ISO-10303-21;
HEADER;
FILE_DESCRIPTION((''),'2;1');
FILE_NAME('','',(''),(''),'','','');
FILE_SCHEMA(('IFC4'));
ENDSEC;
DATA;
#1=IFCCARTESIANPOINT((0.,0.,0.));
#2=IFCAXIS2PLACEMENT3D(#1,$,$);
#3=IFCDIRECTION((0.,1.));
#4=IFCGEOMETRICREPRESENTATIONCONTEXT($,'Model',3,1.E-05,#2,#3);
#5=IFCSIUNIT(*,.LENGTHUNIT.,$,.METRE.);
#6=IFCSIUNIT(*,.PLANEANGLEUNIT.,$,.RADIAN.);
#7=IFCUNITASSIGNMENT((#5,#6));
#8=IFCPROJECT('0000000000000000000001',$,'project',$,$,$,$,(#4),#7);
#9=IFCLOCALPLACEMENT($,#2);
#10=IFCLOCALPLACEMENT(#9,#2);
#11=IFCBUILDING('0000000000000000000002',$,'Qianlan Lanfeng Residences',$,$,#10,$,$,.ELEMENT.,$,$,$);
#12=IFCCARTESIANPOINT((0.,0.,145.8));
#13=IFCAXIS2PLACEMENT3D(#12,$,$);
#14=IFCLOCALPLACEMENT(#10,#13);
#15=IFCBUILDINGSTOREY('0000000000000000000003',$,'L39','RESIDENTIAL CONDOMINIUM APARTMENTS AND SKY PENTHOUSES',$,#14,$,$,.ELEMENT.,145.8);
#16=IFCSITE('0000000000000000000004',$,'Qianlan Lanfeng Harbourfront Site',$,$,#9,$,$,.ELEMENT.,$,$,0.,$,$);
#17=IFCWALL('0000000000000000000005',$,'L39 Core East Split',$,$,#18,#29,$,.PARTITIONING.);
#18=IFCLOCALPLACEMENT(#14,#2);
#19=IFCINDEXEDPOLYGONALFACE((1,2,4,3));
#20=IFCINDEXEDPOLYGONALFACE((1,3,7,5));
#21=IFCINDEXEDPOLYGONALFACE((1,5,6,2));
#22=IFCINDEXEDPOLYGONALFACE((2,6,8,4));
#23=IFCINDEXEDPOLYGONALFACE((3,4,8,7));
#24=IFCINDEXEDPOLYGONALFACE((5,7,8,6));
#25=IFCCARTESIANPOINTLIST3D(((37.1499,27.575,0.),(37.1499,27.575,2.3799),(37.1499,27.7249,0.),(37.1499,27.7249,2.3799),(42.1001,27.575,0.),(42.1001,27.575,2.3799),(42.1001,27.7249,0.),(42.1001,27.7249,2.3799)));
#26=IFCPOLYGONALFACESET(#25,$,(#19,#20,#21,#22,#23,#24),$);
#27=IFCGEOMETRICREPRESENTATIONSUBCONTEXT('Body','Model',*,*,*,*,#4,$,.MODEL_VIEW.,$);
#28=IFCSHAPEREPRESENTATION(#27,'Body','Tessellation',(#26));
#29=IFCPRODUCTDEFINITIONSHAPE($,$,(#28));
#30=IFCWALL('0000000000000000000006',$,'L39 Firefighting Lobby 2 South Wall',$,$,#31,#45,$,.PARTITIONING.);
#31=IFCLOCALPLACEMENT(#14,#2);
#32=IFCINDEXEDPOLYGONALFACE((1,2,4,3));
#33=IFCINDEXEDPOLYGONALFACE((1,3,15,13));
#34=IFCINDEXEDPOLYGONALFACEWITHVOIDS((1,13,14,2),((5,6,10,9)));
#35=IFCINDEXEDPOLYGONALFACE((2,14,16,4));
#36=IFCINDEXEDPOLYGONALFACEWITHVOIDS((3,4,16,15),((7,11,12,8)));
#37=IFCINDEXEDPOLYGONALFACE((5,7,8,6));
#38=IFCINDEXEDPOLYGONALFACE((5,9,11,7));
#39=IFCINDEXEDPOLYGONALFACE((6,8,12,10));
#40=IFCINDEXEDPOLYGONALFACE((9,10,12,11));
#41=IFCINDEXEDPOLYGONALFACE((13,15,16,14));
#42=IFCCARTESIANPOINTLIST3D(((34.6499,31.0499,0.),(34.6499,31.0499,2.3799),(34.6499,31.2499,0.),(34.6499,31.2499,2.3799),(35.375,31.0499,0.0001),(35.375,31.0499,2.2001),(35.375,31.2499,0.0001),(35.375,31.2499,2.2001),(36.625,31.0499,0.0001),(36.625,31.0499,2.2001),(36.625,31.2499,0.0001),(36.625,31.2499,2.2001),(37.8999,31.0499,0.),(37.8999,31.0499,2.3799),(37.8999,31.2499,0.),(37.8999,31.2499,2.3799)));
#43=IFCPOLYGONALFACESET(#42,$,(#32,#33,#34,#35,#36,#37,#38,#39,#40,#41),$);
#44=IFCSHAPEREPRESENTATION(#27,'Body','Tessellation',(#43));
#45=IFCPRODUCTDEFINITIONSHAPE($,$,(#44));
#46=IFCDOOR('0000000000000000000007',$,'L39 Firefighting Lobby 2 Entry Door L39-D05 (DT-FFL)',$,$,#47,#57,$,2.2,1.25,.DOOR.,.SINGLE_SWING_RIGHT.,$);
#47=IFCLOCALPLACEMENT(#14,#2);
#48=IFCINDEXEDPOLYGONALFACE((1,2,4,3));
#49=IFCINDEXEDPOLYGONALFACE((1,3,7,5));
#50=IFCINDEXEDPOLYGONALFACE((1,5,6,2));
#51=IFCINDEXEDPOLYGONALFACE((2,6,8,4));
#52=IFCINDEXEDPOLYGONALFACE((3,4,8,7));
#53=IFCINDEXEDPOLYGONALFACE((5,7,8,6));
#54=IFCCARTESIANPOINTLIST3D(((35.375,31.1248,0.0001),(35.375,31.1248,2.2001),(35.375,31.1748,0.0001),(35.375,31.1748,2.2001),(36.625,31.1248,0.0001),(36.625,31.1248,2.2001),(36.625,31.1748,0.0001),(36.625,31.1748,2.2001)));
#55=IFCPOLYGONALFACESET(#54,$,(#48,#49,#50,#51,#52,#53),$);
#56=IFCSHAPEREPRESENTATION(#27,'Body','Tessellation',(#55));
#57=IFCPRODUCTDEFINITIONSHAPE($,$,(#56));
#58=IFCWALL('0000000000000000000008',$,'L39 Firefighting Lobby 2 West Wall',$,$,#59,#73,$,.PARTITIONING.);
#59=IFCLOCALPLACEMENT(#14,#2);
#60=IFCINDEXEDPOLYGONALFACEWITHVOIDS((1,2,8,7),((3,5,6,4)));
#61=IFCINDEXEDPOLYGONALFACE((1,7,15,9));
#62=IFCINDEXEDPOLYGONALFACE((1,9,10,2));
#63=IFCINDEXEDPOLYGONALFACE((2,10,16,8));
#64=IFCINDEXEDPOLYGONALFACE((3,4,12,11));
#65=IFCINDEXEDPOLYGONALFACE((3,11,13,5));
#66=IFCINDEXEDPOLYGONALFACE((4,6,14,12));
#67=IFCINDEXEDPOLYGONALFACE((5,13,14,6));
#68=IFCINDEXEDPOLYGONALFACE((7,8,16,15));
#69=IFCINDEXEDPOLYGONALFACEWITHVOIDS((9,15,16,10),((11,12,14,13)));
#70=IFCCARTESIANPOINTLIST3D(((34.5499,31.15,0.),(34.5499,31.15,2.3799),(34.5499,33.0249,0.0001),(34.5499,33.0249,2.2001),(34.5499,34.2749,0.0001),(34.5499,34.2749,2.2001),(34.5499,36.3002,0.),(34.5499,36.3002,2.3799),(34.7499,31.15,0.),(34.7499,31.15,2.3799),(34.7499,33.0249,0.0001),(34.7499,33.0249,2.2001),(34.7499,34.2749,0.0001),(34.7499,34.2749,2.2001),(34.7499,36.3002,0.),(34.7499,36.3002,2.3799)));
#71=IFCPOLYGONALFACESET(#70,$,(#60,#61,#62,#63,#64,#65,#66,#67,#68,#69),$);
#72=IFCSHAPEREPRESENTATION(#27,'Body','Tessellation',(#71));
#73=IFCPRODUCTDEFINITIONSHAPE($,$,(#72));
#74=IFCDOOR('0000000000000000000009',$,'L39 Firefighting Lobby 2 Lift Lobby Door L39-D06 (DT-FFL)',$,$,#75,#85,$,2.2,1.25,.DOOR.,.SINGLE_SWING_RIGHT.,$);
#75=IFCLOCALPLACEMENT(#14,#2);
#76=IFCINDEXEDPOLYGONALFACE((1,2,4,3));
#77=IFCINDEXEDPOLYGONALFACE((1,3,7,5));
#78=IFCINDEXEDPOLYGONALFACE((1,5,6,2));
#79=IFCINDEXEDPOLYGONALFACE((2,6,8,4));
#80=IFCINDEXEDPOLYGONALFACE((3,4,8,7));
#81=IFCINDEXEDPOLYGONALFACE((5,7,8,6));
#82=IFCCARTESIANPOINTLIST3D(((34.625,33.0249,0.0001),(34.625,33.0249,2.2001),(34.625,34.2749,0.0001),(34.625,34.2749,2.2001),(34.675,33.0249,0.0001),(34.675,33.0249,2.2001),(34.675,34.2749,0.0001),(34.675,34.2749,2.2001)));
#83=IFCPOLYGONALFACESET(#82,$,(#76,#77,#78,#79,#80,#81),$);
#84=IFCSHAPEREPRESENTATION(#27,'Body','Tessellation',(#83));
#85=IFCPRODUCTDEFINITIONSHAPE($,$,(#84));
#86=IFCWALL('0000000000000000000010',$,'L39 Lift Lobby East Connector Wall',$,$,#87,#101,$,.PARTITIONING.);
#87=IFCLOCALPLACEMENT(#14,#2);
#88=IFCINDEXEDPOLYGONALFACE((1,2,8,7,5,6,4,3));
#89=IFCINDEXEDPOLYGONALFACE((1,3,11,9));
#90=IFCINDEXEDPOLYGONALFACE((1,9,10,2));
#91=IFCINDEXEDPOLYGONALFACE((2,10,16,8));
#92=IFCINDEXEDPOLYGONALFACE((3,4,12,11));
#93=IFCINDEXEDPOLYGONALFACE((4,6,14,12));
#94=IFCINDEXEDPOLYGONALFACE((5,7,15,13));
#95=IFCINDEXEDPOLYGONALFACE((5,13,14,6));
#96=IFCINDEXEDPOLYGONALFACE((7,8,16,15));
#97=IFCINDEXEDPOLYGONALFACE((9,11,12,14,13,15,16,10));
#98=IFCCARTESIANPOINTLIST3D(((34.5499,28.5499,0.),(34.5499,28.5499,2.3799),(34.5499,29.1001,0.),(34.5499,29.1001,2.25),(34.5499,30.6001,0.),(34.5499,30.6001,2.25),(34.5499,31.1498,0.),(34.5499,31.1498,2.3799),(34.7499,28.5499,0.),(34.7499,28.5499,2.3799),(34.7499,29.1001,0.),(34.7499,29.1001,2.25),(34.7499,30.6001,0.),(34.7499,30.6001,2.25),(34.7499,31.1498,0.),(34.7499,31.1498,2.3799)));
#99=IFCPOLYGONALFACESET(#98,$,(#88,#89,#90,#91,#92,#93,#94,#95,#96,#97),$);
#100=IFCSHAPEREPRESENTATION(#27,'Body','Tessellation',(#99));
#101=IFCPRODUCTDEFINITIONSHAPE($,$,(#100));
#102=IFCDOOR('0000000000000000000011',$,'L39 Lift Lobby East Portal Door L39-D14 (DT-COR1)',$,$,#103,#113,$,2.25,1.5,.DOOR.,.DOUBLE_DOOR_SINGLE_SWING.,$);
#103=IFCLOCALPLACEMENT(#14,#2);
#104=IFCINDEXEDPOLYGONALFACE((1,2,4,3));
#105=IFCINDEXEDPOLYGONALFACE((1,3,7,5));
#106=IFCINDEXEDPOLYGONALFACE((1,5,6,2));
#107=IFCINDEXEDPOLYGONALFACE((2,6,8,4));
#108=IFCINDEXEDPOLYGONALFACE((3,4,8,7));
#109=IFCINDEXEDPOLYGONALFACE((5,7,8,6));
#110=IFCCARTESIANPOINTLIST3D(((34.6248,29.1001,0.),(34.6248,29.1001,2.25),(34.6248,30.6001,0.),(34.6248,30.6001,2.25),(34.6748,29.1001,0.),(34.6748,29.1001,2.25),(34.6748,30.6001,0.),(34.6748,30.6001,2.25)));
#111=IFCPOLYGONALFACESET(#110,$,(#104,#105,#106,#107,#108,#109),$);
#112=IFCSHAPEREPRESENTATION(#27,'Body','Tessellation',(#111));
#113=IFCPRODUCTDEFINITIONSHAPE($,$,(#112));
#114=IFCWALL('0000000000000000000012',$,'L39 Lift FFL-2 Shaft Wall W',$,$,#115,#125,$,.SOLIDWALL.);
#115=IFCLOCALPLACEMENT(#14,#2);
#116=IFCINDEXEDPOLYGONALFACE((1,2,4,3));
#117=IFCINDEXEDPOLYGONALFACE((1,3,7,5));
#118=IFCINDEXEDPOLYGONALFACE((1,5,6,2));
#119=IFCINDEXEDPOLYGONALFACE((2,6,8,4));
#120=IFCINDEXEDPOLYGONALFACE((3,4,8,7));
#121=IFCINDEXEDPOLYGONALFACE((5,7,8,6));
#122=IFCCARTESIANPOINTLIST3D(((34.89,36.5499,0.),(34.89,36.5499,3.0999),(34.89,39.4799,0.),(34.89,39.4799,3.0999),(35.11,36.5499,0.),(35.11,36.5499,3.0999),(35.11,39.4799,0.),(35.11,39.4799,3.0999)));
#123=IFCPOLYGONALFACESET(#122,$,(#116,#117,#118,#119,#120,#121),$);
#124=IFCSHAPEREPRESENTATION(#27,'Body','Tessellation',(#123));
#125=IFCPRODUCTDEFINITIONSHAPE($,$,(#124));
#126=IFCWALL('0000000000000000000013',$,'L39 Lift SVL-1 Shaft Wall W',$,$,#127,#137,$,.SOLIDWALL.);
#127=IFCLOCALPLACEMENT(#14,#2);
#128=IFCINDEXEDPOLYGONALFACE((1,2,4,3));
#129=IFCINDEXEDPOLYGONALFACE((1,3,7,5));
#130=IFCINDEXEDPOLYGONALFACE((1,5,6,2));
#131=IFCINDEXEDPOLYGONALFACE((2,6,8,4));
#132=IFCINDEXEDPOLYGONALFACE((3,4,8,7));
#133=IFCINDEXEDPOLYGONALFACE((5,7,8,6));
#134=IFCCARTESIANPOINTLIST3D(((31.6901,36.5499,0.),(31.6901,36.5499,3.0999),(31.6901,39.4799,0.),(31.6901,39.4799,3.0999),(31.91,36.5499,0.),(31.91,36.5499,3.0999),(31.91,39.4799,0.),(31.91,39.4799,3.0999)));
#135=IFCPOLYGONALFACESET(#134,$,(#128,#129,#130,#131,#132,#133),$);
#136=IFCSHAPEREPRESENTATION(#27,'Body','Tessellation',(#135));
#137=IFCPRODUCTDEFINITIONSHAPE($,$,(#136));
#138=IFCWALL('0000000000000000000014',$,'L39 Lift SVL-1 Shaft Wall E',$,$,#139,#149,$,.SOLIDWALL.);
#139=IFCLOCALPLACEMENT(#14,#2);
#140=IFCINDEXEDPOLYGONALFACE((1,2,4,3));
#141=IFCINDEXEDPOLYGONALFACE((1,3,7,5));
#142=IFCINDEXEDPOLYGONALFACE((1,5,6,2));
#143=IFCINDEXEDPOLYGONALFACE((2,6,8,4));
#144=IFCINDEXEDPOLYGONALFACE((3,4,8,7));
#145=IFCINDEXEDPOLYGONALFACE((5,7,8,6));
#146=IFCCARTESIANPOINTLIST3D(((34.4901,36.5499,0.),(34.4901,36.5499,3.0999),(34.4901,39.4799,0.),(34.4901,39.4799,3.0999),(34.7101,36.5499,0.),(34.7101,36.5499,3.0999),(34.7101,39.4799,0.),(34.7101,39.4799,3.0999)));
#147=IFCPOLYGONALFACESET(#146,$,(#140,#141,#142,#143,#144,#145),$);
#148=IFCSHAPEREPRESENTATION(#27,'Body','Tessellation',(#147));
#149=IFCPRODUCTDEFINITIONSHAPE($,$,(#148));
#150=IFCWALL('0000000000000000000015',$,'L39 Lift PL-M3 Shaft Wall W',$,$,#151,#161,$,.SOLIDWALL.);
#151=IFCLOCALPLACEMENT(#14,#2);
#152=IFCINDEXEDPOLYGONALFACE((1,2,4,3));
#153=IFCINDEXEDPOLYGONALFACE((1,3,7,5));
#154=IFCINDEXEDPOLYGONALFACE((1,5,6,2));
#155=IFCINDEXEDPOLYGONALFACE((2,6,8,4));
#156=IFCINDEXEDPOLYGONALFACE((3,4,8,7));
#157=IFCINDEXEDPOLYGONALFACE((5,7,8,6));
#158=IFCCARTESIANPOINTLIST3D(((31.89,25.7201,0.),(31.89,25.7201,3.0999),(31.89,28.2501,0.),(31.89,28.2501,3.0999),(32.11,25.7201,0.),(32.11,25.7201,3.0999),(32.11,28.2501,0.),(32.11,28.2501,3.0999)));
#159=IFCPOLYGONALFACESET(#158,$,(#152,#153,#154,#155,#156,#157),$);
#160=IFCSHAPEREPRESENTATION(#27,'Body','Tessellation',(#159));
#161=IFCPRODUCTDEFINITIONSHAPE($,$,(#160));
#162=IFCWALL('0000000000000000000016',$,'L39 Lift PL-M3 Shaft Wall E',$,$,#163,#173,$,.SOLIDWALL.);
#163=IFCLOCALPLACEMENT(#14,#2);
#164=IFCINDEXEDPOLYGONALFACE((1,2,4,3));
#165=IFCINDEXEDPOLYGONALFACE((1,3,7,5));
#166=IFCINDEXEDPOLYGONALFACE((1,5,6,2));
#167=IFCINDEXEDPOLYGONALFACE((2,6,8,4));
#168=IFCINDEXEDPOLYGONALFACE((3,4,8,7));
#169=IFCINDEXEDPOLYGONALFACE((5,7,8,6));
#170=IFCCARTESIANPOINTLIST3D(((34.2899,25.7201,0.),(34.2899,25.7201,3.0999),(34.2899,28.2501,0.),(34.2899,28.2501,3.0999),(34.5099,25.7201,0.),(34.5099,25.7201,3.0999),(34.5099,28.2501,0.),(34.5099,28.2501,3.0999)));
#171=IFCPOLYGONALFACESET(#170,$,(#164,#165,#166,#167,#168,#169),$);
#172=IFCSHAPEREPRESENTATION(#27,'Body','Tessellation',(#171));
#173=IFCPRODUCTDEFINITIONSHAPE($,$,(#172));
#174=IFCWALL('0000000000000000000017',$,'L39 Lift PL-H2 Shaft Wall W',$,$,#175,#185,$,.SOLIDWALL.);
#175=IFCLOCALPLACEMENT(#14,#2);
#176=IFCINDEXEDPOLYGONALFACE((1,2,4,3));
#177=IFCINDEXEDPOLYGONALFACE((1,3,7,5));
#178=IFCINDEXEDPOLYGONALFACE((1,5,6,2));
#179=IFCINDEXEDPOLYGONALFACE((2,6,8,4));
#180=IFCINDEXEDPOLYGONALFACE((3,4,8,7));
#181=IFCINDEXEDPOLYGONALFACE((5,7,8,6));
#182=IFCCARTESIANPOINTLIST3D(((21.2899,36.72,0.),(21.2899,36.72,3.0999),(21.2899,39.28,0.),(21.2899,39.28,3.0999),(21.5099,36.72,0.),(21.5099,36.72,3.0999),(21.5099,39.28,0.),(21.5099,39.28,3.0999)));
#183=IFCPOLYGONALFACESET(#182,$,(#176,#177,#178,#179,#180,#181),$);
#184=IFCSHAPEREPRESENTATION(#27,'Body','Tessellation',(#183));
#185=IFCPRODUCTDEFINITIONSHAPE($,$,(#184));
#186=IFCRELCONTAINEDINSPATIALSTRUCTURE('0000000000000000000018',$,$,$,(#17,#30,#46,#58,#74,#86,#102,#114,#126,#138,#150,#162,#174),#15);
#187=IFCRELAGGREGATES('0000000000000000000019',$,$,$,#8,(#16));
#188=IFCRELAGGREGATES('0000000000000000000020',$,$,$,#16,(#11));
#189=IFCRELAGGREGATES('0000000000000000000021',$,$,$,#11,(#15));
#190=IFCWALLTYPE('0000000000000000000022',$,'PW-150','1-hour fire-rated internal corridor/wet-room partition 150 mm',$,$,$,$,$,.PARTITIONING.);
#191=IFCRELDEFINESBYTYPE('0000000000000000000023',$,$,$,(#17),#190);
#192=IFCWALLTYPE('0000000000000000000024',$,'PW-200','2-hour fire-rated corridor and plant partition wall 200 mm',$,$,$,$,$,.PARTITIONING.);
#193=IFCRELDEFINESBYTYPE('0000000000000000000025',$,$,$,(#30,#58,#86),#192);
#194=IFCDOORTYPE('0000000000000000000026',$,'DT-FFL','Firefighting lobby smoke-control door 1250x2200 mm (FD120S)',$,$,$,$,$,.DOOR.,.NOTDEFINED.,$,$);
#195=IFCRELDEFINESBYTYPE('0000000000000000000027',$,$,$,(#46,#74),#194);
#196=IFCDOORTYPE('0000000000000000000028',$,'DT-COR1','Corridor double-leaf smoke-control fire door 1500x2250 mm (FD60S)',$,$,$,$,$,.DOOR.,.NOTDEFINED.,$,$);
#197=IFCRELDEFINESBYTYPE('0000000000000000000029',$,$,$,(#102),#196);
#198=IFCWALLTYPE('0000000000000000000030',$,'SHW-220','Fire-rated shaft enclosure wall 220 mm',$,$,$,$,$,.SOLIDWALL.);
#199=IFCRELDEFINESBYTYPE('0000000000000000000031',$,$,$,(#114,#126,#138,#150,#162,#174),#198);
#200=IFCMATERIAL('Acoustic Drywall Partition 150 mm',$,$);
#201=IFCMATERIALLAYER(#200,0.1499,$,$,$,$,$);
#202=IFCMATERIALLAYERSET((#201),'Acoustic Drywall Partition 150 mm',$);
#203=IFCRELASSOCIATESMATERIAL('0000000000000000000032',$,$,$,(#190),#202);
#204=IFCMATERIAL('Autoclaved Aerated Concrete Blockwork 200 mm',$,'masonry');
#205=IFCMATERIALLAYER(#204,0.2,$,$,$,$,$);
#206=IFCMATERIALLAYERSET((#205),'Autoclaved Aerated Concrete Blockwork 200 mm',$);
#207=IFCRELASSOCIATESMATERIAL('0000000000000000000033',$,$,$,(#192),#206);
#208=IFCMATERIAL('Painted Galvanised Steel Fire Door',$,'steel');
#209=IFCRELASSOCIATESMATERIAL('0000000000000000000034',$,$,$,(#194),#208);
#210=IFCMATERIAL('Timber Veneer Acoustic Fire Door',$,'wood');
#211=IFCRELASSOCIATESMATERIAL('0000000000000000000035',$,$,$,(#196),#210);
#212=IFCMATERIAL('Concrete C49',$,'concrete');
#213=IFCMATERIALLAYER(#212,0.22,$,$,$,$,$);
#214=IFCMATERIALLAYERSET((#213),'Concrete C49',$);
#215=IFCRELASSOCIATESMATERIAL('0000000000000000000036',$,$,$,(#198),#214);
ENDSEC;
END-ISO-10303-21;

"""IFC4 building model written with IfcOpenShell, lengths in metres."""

from ifc_helpers import new_model, si_unit, direction, frame, frame_2d, origin, place, context, subcontext, project, spatial, rectangle, extrude, material, layer, layer_set, type_object, element, fill, save


model = new_model("IFC4")

# Units and contexts
model_context = context("Model", 3, precision=1e-05, world=origin(), true_north=direction((0.0, 1.0)))
body_context = subcontext(model_context, "Body", "Model", "MODEL_VIEW")
ifc_project = project(units=[si_unit("LENGTHUNIT", "METRE"), si_unit("PLANEANGLEUNIT", "RADIAN")], contexts=[model_context])

# Site, building, storey
site_placement = place(None, origin())
site = spatial("IfcSite", under=ifc_project, at=site_placement, Name="Qianlan Lanfeng Harbourfront Site", CompositionType="ELEMENT", RefElevation=0.0)
building_placement = place(site_placement, origin())
building = spatial("IfcBuilding", under=site, at=building_placement, Name="Qianlan Lanfeng Residences", CompositionType="ELEMENT")
storey_placement = place(building_placement, frame((0.0, 0.0, 145.8)))
storey = spatial("IfcBuildingStorey", under=building, at=storey_placement, Name="L39", Description="RESIDENTIAL CONDOMINIUM APARTMENTS AND SKY PENTHOUSES", CompositionType="ELEMENT", Elevation=145.8)

# Wall
ifc_material_1 = material(Name="Acoustic Drywall Partition 150 mm")
ifc_layer_1 = layer(ifc_material_1, 0.1499)
ifc_layer_set_1 = layer_set([ifc_layer_1], Name="Acoustic Drywall Partition 150 mm")
wall_type_1 = type_object("IfcWallType", Name="PW-150", Description="1-hour fire-rated internal corridor/wet-room partition 150 mm", PredefinedType="PARTITIONING", material=ifc_layer_set_1)
wall_1_placement = place(storey_placement, frame((37.1499, 27.6499, 0.0), z_axis=(0.0, 0.0, 1.0), x_axis=(1.0, 0.0, 0.0)))
element("IfcWall", 1, at=wall_1_placement, inside=storey, type_object=wall_type_1, Name="L39 Core East Split", PredefinedType="PARTITIONING", context=body_context, shape_type="SweptSolid", body=[
    extrude(rectangle(XDim=4.9502, YDim=0.1499, at=frame_2d((2.4751, 0.0))), origin(), (0.0, 0.0, 1.0), 2.3799),
])

# Walls, openings, doors
ifc_material_2 = material(Name="Autoclaved Aerated Concrete Blockwork 200 mm", Category="masonry")
ifc_layer_2 = layer(ifc_material_2, 0.2)
ifc_layer_set_2 = layer_set([ifc_layer_2], Name="Autoclaved Aerated Concrete Blockwork 200 mm")
wall_type_2 = type_object("IfcWallType", Name="PW-200", Description="2-hour fire-rated corridor and plant partition wall 200 mm", PredefinedType="PARTITIONING", material=ifc_layer_set_2)
wall_2_placement = place(storey_placement, frame((34.6499, 31.1499, 0.0), z_axis=(0.0, 0.0, 1.0), x_axis=(1.0, 0.0, 0.0)))
wall_2 = element("IfcWall", 2, at=wall_2_placement, inside=storey, type_object=wall_type_2, Name="L39 Firefighting Lobby 2 South Wall", PredefinedType="PARTITIONING", context=body_context, shape_type="SweptSolid", body=[
    extrude(rectangle(XDim=3.25, YDim=0.2, at=frame_2d((1.625, 0.0))), origin(), (0.0, 0.0, 1.0), 2.3799),
])
opening_1_placement = place(wall_2_placement, frame((0.7251, 0.0, 0.0)))
opening_1 = element("IfcOpeningElement", 3, at=opening_1_placement, cuts=wall_2, PredefinedType="OPENING", context=body_context, shape_type="SweptSolid", body=[
    extrude(rectangle(XDim=1.25, YDim=2.2, at=frame_2d((0.625, 1.1001))), frame((0.0, 0.1099, 0.0), z_axis=(0.0, -1.0, 0.0), x_axis=(1.0, 0.0, 0.0)), (0.0, 0.0, 1.0), 0.22),
])
ifc_material_3 = material(Name="Painted Galvanised Steel Fire Door", Category="steel")
door_type_1 = type_object("IfcDoorType", Name="DT-FFL", Description="Firefighting lobby smoke-control door 1250x2200 mm (FD120S)", OperationType="NOTDEFINED", PredefinedType="DOOR", material=ifc_material_3)
door_1_placement = place(opening_1_placement, origin())
door_1 = element("IfcDoor", 4, at=door_1_placement, inside=storey, type_object=door_type_1, Name="L39 Firefighting Lobby 2 Entry Door L39-D05 (DT-FFL)", OperationType="SINGLE_SWING_RIGHT", OverallHeight=2.2, OverallWidth=1.25, PredefinedType="DOOR", context=body_context, shape_type="SweptSolid", body=[
    extrude(rectangle(XDim=1.25, YDim=2.2, at=frame_2d((0.625, 1.1001))), frame((0.0, 0.0249, 0.0), z_axis=(0.0, -1.0, 0.0), x_axis=(1.0, 0.0, 0.0)), (0.0, 0.0, 1.0), 0.05),
])
fill(opening_1, door_1)
wall_3_placement = place(storey_placement, frame((34.6499, 31.1499, 0.0), z_axis=(0.0, 0.0, 1.0), x_axis=(0.0, 1.0, 0.0)))
wall_3 = element("IfcWall", 5, at=wall_3_placement, inside=storey, type_object=wall_type_2, Name="L39 Firefighting Lobby 2 West Wall", PredefinedType="PARTITIONING", context=body_context, shape_type="SweptSolid", body=[
    extrude(rectangle(XDim=5.1501, YDim=0.2, at=frame_2d((2.5752, 0.0))), origin(), (0.0, 0.0, 1.0), 2.3799),
])
opening_2_placement = place(wall_3_placement, frame((1.875, 0.0, 0.0)))
opening_2 = element("IfcOpeningElement", 6, at=opening_2_placement, cuts=wall_3, PredefinedType="OPENING", context=body_context, shape_type="SweptSolid", body=[
    extrude(rectangle(XDim=1.25, YDim=2.2, at=frame_2d((0.625, 1.1001))), frame((0.0, 0.1099, 0.0), z_axis=(0.0, -1.0, 0.0), x_axis=(1.0, 0.0, 0.0)), (0.0, 0.0, 1.0), 0.22),
])
door_2_placement = place(opening_2_placement, origin())
door_2 = element("IfcDoor", 7, at=door_2_placement, inside=storey, type_object=door_type_1, Name="L39 Firefighting Lobby 2 Lift Lobby Door L39-D06 (DT-FFL)", OperationType="SINGLE_SWING_RIGHT", OverallHeight=2.2, OverallWidth=1.25, PredefinedType="DOOR", context=body_context, shape_type="SweptSolid", body=[
    extrude(rectangle(XDim=1.25, YDim=2.2, at=frame_2d((0.625, 1.1001))), frame((0.0, 0.0249, 0.0), z_axis=(0.0, -1.0, 0.0), x_axis=(1.0, 0.0, 0.0)), (0.0, 0.0, 1.0), 0.05),
])
fill(opening_2, door_2)
wall_4_placement = place(storey_placement, frame((34.6499, 28.55, 0.0), z_axis=(0.0, 0.0, 1.0), x_axis=(0.0, 1.0, 0.0)))
wall_4 = element("IfcWall", 8, at=wall_4_placement, inside=storey, type_object=wall_type_2, Name="L39 Lift Lobby East Connector Wall", PredefinedType="PARTITIONING", context=body_context, shape_type="SweptSolid", body=[
    extrude(rectangle(XDim=2.5999, YDim=0.2, at=frame_2d((1.2998, 0.0))), origin(), (0.0, 0.0, 1.0), 2.3799),
])
opening_3_placement = place(wall_4_placement, frame((0.55, 0.0, 0.0)))
opening_3 = element("IfcOpeningElement", 9, at=opening_3_placement, cuts=wall_4, PredefinedType="OPENING", context=body_context, shape_type="SweptSolid", body=[
    extrude(rectangle(XDim=1.5, YDim=2.25, at=frame_2d((0.75, 1.125))), frame((0.0, 0.1099, 0.0), z_axis=(0.0, -1.0, 0.0), x_axis=(1.0, 0.0, 0.0)), (0.0, 0.0, 1.0), 0.22),
])
ifc_material_4 = material(Name="Timber Veneer Acoustic Fire Door", Category="wood")
door_type_2 = type_object("IfcDoorType", Name="DT-COR1", Description="Corridor double-leaf smoke-control fire door 1500x2250 mm (FD60S)", OperationType="NOTDEFINED", PredefinedType="DOOR", material=ifc_material_4)
door_3_placement = place(opening_3_placement, frame((1.5, 0.0, 0.0), z_axis=(0.0, 0.0, 1.0), x_axis=(-1.0, 0.0, 0.0)))
door_3 = element("IfcDoor", 10, at=door_3_placement, inside=storey, type_object=door_type_2, Name="L39 Lift Lobby East Portal Door L39-D14 (DT-COR1)", OperationType="DOUBLE_DOOR_SINGLE_SWING", OverallHeight=2.25, OverallWidth=1.5, PredefinedType="DOOR", context=body_context, shape_type="SweptSolid", body=[
    extrude(rectangle(XDim=1.5, YDim=2.25, at=frame_2d((0.75, 1.125))), frame((0.0, 0.0249, 0.0), z_axis=(0.0, -1.0, 0.0), x_axis=(1.0, 0.0, 0.0)), (0.0, 0.0, 1.0), 0.05),
])
fill(opening_3, door_3)

# Walls
ifc_material_5 = material(Name="Concrete C49", Category="concrete")
ifc_layer_3 = layer(ifc_material_5, 0.22)
ifc_layer_set_3 = layer_set([ifc_layer_3], Name="Concrete C49")
wall_type_3 = type_object("IfcWallType", Name="SHW-220", Description="Fire-rated shaft enclosure wall 220 mm", PredefinedType="SOLIDWALL", material=ifc_layer_set_3)
for number, where, z_axis, x_axis, name in (
    (11, (35.0, 36.55, 0.0), (0.0, 0.0, 1.0), (0.0, 1.0, 0.0), "L39 Lift FFL-2 Shaft Wall W"),
    (12, (31.8, 36.55, 0.0), (0.0, 0.0, 1.0), (0.0, 1.0, 0.0), "L39 Lift SVL-1 Shaft Wall W"),
    (13, (34.6001, 36.55, 0.0), (0.0, 0.0, 1.0), (0.0, 1.0, 0.0), "L39 Lift SVL-1 Shaft Wall E"),
):
    element("IfcWall", number, at=place(storey_placement, frame(where, z_axis=z_axis, x_axis=x_axis)), inside=storey, type_object=wall_type_3, Name=name, PredefinedType="SOLIDWALL", context=body_context, shape_type="SweptSolid", body=[
        extrude(rectangle(XDim=2.9299, YDim=0.22, at=frame_2d((1.4648, 0.0))), origin(), (0.0, 0.0, 1.0), 3.0999),
    ])
for number, where, z_axis, x_axis, name in (
    (14, (32.0, 25.72, 0.0), (0.0, 0.0, 1.0), (0.0, 1.0, 0.0), "L39 Lift PL-M3 Shaft Wall W"),
    (15, (34.3999, 25.72, 0.0), (0.0, 0.0, 1.0), (0.0, 1.0, 0.0), "L39 Lift PL-M3 Shaft Wall E"),
):
    element("IfcWall", number, at=place(storey_placement, frame(where, z_axis=z_axis, x_axis=x_axis)), inside=storey, type_object=wall_type_3, Name=name, PredefinedType="SOLIDWALL", context=body_context, shape_type="SweptSolid", body=[
        extrude(rectangle(XDim=2.53, YDim=0.22, at=frame_2d((1.2651, 0.0))), origin(), (0.0, 0.0, 1.0), 3.0999),
    ])
for number, where, z_axis, x_axis, name in (
    (16, (21.3999, 36.72, 0.0), (0.0, 0.0, 1.0), (0.0, 1.0, 0.0), "L39 Lift PL-H2 Shaft Wall W"),
):
    element("IfcWall", number, at=place(storey_placement, frame(where, z_axis=z_axis, x_axis=x_axis)), inside=storey, type_object=wall_type_3, Name=name, PredefinedType="SOLIDWALL", context=body_context, shape_type="SweptSolid", body=[
        extrude(rectangle(XDim=2.5601, YDim=0.22, at=frame_2d((1.28, 0.0))), origin(), (0.0, 0.0, 1.0), 3.0999),
    ])

save(model, "model.ifc")
